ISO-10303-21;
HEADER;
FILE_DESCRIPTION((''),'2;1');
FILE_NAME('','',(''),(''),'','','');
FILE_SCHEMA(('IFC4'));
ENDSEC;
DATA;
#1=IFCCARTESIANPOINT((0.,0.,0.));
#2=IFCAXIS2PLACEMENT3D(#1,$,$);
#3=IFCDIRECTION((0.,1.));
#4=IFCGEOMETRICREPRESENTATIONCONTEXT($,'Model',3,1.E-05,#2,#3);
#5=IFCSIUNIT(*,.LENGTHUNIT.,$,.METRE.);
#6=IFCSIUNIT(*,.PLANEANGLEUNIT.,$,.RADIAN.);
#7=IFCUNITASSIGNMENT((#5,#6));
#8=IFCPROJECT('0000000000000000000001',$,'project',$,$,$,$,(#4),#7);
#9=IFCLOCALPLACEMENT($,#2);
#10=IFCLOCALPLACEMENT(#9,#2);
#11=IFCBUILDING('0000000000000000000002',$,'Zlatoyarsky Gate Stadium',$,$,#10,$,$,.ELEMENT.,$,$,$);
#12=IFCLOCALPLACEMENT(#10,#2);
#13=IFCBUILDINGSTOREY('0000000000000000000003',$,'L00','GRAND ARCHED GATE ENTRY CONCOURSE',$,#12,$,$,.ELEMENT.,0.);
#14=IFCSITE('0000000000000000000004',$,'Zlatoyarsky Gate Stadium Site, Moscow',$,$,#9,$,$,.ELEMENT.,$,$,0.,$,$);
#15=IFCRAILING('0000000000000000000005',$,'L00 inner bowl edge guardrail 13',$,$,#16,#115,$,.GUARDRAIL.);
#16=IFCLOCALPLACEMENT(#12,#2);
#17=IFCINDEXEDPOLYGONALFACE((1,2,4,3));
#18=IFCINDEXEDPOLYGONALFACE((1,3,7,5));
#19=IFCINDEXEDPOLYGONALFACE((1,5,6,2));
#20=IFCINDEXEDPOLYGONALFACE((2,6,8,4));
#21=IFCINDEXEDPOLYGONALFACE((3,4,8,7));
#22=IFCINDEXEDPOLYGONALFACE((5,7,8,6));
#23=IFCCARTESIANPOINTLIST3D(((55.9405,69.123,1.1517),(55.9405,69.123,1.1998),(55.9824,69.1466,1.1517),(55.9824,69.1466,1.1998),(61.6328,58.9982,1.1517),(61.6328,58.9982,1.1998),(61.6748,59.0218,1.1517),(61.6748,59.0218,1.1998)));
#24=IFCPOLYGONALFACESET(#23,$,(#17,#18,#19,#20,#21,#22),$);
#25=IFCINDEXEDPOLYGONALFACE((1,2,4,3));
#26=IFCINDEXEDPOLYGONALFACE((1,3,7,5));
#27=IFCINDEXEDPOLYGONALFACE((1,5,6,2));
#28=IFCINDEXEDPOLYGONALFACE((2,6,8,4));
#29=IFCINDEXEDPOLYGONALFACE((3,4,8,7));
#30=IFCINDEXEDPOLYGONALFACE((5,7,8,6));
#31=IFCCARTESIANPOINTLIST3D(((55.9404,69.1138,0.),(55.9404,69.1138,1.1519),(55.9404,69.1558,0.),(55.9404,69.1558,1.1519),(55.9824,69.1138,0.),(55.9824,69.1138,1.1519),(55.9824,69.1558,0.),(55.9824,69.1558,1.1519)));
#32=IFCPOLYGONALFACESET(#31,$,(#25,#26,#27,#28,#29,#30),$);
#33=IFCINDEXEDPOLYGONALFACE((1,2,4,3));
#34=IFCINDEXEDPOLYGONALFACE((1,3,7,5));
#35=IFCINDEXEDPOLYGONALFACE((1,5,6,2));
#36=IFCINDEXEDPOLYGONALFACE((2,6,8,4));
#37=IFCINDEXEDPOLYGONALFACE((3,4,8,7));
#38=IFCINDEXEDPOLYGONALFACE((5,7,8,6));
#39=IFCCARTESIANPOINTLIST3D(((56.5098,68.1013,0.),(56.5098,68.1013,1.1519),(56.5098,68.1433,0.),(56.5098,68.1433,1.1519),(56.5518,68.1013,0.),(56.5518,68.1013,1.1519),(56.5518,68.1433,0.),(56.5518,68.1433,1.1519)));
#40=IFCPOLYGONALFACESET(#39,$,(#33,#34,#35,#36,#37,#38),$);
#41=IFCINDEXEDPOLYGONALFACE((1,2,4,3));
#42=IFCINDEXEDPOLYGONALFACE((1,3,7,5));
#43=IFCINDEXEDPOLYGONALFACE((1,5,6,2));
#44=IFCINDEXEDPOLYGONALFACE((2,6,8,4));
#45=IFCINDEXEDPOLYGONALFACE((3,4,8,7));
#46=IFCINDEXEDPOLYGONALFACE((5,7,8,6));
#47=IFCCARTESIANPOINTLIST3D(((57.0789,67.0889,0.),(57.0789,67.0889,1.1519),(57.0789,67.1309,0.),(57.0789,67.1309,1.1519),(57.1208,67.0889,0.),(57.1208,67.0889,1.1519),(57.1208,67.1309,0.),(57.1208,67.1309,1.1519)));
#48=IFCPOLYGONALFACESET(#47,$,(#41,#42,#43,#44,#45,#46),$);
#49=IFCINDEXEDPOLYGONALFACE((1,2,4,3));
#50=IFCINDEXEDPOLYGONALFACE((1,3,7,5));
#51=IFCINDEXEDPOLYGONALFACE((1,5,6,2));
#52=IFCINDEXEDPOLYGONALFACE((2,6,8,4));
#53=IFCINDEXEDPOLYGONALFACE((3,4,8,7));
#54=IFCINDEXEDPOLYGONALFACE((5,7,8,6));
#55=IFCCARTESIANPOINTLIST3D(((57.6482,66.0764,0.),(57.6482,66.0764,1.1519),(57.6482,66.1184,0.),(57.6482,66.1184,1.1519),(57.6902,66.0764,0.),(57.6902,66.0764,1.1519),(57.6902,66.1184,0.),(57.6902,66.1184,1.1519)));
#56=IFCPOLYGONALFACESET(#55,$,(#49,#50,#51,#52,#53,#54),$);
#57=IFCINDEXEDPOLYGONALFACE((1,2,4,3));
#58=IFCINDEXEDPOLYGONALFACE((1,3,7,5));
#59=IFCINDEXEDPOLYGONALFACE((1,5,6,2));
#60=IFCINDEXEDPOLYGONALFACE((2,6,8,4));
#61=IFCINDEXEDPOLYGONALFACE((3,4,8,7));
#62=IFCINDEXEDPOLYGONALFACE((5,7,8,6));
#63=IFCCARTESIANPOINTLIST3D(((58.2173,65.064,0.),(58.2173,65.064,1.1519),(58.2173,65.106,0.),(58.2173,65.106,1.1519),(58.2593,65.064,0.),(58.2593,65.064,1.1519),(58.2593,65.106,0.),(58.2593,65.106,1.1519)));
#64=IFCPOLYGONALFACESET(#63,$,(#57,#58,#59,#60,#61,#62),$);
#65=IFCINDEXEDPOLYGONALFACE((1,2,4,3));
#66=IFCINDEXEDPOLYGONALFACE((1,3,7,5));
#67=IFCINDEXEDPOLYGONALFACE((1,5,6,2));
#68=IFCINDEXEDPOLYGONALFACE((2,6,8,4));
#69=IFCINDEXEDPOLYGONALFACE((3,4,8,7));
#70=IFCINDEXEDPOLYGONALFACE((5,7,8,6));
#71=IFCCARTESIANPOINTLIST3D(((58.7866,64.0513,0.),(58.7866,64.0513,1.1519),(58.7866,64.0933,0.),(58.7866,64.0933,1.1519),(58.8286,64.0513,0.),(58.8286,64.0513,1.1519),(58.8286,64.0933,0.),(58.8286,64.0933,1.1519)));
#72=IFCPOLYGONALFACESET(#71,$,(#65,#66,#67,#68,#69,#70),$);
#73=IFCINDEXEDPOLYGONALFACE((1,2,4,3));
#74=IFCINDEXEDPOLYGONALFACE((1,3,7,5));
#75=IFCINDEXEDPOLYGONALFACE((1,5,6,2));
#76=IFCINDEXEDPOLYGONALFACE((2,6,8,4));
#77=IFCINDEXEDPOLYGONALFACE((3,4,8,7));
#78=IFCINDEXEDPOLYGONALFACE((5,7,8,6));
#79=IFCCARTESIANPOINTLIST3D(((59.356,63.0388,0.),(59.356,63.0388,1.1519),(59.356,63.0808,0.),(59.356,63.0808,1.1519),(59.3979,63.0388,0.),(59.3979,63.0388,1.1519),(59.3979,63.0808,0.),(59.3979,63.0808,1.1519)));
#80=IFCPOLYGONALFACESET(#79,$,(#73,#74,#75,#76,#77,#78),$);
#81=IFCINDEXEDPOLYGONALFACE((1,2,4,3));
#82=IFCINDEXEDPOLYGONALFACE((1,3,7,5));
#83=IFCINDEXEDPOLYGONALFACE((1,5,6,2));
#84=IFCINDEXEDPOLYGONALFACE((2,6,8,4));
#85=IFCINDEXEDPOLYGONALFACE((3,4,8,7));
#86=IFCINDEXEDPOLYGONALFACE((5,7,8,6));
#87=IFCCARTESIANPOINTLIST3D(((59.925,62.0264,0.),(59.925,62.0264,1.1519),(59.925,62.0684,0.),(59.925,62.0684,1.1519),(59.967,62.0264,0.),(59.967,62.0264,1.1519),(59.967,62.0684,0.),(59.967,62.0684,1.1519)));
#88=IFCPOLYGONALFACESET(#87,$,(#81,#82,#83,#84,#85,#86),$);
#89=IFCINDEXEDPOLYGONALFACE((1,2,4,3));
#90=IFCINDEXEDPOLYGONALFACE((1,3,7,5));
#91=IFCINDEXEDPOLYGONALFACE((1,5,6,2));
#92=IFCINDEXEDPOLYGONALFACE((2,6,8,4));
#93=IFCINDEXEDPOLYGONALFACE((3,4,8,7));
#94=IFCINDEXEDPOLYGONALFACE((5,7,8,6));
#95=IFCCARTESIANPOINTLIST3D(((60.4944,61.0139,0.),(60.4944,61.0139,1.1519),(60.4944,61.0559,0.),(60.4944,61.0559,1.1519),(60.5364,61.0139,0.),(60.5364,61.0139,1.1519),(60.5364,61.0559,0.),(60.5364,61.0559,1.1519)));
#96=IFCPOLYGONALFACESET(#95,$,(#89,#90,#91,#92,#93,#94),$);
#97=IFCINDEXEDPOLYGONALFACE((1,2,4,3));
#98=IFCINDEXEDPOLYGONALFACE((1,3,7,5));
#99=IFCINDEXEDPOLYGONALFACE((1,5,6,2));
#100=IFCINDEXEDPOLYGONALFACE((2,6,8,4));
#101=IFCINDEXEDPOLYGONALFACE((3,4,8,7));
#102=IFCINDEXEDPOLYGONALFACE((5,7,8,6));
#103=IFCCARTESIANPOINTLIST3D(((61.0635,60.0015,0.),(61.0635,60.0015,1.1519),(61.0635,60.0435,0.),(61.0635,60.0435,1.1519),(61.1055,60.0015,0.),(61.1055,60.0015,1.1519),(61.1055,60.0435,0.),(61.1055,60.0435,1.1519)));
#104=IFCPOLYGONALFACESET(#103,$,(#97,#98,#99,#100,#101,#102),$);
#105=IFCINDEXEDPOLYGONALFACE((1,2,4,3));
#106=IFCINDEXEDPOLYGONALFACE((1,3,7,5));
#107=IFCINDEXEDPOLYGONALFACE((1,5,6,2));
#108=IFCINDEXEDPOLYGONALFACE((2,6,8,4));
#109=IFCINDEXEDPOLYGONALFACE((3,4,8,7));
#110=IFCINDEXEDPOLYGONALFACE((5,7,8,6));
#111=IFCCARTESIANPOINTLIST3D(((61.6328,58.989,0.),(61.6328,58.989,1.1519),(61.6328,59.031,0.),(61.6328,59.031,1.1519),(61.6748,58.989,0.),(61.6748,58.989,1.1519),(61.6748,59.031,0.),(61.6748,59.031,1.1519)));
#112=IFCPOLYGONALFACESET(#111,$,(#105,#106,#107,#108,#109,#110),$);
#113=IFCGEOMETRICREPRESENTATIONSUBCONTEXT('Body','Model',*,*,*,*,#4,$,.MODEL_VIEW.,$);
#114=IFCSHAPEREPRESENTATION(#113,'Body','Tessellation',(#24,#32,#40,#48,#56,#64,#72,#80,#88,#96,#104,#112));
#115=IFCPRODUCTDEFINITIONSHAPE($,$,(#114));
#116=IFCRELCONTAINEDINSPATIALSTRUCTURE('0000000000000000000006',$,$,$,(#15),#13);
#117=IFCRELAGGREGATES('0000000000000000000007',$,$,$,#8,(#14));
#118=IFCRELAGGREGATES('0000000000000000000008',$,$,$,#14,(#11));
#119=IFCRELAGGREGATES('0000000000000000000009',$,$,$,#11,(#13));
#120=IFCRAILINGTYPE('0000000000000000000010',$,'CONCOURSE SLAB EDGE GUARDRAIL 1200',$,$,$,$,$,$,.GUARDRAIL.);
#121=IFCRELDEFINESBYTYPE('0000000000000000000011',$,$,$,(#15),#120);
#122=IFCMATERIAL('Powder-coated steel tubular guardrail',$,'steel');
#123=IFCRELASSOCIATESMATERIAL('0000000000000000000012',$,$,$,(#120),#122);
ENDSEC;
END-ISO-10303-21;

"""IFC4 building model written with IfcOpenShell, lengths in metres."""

from ifc_helpers import new_model, si_unit, direction, frame, origin, origin_2d, place, context, subcontext, project, spatial, rectangle, extrude, material, type_object, element, save


model = new_model("IFC4")

# Units and contexts
model_context = context("Model", 3, precision=1e-05, world=origin(), true_north=direction((0.0, 1.0)))
body_context = subcontext(model_context, "Body", "Model", "MODEL_VIEW")
ifc_project = project(units=[si_unit("LENGTHUNIT", "METRE"), si_unit("PLANEANGLEUNIT", "RADIAN")], contexts=[model_context])

# Site, building, storey
site_placement = place(None, origin())
site = spatial("IfcSite", under=ifc_project, at=site_placement, Name="Zlatoyarsky Gate Stadium Site, Moscow", CompositionType="ELEMENT", RefElevation=0.0)
building_placement = place(site_placement, origin())
building = spatial("IfcBuilding", under=site, at=building_placement, Name="Zlatoyarsky Gate Stadium", CompositionType="ELEMENT")
storey_placement = place(building_placement, origin())
storey = spatial("IfcBuildingStorey", under=building, at=storey_placement, Name="L00", Description="GRAND ARCHED GATE ENTRY CONCOURSE", CompositionType="ELEMENT", Elevation=0.0)

# Railing
ifc_material_1 = material(Name="Powder-coated steel tubular guardrail", Category="steel")
railing_type = type_object("IfcRailingType", Name="CONCOURSE SLAB EDGE GUARDRAIL 1200", PredefinedType="GUARDRAIL", material=ifc_material_1)
railing_1_placement = place(storey_placement, frame((55.9614, 69.1348, 0.0)))
element("IfcRailing", 1, at=railing_1_placement, inside=storey, type_object=railing_type, Name="L00 inner bowl edge guardrail 13", PredefinedType="GUARDRAIL", context=body_context, shape_type="SweptSolid", body=[
    extrude(rectangle(XDim=0.0481, YDim=0.0481, at=origin_2d()), frame((0.0, 0.0, 1.1758), z_axis=(0.490079, -0.871678, 0.0), x_axis=(0.871678, 0.490079, 0.0)), (0.0, 0.0, 1.0), 11.6152),
    extrude(rectangle(XDim=0.042, YDim=0.042, at=origin_2d()), origin(), (0.0, 0.0, 1.0), 1.1519),
    extrude(rectangle(XDim=0.042, YDim=0.042, at=origin_2d()), frame((0.5693, -1.0125, 0.0)), (0.0, 0.0, 1.0), 1.1519),
    extrude(rectangle(XDim=0.042, YDim=0.042, at=origin_2d()), frame((1.1384, -2.0249, 0.0)), (0.0, 0.0, 1.0), 1.1519),
    extrude(rectangle(XDim=0.042, YDim=0.042, at=origin_2d()), frame((1.7078, -3.0374, 0.0)), (0.0, 0.0, 1.0), 1.1519),
    extrude(rectangle(XDim=0.042, YDim=0.042, at=origin_2d()), frame((2.2769, -4.0498, 0.0)), (0.0, 0.0, 1.0), 1.1519),
    extrude(rectangle(XDim=0.042, YDim=0.042, at=origin_2d()), frame((2.8462, -5.0625, 0.0)), (0.0, 0.0, 1.0), 1.1519),
    extrude(rectangle(XDim=0.042, YDim=0.042, at=origin_2d()), frame((3.4155, -6.075, 0.0)), (0.0, 0.0, 1.0), 1.1519),
    extrude(rectangle(XDim=0.042, YDim=0.042, at=origin_2d()), frame((3.9846, -7.0874, 0.0)), (0.0, 0.0, 1.0), 1.1519),
    extrude(rectangle(XDim=0.042, YDim=0.042, at=origin_2d()), frame((4.554, -8.0999, 0.0)), (0.0, 0.0, 1.0), 1.1519),
    extrude(rectangle(XDim=0.042, YDim=0.042, at=origin_2d()), frame((5.123, -9.1123, 0.0)), (0.0, 0.0, 1.0), 1.1519),
    extrude(rectangle(XDim=0.042, YDim=0.042, at=origin_2d()), frame((5.6924, -10.1248, 0.0)), (0.0, 0.0, 1.0), 1.1519),
])

save(model, "model.ifc")
